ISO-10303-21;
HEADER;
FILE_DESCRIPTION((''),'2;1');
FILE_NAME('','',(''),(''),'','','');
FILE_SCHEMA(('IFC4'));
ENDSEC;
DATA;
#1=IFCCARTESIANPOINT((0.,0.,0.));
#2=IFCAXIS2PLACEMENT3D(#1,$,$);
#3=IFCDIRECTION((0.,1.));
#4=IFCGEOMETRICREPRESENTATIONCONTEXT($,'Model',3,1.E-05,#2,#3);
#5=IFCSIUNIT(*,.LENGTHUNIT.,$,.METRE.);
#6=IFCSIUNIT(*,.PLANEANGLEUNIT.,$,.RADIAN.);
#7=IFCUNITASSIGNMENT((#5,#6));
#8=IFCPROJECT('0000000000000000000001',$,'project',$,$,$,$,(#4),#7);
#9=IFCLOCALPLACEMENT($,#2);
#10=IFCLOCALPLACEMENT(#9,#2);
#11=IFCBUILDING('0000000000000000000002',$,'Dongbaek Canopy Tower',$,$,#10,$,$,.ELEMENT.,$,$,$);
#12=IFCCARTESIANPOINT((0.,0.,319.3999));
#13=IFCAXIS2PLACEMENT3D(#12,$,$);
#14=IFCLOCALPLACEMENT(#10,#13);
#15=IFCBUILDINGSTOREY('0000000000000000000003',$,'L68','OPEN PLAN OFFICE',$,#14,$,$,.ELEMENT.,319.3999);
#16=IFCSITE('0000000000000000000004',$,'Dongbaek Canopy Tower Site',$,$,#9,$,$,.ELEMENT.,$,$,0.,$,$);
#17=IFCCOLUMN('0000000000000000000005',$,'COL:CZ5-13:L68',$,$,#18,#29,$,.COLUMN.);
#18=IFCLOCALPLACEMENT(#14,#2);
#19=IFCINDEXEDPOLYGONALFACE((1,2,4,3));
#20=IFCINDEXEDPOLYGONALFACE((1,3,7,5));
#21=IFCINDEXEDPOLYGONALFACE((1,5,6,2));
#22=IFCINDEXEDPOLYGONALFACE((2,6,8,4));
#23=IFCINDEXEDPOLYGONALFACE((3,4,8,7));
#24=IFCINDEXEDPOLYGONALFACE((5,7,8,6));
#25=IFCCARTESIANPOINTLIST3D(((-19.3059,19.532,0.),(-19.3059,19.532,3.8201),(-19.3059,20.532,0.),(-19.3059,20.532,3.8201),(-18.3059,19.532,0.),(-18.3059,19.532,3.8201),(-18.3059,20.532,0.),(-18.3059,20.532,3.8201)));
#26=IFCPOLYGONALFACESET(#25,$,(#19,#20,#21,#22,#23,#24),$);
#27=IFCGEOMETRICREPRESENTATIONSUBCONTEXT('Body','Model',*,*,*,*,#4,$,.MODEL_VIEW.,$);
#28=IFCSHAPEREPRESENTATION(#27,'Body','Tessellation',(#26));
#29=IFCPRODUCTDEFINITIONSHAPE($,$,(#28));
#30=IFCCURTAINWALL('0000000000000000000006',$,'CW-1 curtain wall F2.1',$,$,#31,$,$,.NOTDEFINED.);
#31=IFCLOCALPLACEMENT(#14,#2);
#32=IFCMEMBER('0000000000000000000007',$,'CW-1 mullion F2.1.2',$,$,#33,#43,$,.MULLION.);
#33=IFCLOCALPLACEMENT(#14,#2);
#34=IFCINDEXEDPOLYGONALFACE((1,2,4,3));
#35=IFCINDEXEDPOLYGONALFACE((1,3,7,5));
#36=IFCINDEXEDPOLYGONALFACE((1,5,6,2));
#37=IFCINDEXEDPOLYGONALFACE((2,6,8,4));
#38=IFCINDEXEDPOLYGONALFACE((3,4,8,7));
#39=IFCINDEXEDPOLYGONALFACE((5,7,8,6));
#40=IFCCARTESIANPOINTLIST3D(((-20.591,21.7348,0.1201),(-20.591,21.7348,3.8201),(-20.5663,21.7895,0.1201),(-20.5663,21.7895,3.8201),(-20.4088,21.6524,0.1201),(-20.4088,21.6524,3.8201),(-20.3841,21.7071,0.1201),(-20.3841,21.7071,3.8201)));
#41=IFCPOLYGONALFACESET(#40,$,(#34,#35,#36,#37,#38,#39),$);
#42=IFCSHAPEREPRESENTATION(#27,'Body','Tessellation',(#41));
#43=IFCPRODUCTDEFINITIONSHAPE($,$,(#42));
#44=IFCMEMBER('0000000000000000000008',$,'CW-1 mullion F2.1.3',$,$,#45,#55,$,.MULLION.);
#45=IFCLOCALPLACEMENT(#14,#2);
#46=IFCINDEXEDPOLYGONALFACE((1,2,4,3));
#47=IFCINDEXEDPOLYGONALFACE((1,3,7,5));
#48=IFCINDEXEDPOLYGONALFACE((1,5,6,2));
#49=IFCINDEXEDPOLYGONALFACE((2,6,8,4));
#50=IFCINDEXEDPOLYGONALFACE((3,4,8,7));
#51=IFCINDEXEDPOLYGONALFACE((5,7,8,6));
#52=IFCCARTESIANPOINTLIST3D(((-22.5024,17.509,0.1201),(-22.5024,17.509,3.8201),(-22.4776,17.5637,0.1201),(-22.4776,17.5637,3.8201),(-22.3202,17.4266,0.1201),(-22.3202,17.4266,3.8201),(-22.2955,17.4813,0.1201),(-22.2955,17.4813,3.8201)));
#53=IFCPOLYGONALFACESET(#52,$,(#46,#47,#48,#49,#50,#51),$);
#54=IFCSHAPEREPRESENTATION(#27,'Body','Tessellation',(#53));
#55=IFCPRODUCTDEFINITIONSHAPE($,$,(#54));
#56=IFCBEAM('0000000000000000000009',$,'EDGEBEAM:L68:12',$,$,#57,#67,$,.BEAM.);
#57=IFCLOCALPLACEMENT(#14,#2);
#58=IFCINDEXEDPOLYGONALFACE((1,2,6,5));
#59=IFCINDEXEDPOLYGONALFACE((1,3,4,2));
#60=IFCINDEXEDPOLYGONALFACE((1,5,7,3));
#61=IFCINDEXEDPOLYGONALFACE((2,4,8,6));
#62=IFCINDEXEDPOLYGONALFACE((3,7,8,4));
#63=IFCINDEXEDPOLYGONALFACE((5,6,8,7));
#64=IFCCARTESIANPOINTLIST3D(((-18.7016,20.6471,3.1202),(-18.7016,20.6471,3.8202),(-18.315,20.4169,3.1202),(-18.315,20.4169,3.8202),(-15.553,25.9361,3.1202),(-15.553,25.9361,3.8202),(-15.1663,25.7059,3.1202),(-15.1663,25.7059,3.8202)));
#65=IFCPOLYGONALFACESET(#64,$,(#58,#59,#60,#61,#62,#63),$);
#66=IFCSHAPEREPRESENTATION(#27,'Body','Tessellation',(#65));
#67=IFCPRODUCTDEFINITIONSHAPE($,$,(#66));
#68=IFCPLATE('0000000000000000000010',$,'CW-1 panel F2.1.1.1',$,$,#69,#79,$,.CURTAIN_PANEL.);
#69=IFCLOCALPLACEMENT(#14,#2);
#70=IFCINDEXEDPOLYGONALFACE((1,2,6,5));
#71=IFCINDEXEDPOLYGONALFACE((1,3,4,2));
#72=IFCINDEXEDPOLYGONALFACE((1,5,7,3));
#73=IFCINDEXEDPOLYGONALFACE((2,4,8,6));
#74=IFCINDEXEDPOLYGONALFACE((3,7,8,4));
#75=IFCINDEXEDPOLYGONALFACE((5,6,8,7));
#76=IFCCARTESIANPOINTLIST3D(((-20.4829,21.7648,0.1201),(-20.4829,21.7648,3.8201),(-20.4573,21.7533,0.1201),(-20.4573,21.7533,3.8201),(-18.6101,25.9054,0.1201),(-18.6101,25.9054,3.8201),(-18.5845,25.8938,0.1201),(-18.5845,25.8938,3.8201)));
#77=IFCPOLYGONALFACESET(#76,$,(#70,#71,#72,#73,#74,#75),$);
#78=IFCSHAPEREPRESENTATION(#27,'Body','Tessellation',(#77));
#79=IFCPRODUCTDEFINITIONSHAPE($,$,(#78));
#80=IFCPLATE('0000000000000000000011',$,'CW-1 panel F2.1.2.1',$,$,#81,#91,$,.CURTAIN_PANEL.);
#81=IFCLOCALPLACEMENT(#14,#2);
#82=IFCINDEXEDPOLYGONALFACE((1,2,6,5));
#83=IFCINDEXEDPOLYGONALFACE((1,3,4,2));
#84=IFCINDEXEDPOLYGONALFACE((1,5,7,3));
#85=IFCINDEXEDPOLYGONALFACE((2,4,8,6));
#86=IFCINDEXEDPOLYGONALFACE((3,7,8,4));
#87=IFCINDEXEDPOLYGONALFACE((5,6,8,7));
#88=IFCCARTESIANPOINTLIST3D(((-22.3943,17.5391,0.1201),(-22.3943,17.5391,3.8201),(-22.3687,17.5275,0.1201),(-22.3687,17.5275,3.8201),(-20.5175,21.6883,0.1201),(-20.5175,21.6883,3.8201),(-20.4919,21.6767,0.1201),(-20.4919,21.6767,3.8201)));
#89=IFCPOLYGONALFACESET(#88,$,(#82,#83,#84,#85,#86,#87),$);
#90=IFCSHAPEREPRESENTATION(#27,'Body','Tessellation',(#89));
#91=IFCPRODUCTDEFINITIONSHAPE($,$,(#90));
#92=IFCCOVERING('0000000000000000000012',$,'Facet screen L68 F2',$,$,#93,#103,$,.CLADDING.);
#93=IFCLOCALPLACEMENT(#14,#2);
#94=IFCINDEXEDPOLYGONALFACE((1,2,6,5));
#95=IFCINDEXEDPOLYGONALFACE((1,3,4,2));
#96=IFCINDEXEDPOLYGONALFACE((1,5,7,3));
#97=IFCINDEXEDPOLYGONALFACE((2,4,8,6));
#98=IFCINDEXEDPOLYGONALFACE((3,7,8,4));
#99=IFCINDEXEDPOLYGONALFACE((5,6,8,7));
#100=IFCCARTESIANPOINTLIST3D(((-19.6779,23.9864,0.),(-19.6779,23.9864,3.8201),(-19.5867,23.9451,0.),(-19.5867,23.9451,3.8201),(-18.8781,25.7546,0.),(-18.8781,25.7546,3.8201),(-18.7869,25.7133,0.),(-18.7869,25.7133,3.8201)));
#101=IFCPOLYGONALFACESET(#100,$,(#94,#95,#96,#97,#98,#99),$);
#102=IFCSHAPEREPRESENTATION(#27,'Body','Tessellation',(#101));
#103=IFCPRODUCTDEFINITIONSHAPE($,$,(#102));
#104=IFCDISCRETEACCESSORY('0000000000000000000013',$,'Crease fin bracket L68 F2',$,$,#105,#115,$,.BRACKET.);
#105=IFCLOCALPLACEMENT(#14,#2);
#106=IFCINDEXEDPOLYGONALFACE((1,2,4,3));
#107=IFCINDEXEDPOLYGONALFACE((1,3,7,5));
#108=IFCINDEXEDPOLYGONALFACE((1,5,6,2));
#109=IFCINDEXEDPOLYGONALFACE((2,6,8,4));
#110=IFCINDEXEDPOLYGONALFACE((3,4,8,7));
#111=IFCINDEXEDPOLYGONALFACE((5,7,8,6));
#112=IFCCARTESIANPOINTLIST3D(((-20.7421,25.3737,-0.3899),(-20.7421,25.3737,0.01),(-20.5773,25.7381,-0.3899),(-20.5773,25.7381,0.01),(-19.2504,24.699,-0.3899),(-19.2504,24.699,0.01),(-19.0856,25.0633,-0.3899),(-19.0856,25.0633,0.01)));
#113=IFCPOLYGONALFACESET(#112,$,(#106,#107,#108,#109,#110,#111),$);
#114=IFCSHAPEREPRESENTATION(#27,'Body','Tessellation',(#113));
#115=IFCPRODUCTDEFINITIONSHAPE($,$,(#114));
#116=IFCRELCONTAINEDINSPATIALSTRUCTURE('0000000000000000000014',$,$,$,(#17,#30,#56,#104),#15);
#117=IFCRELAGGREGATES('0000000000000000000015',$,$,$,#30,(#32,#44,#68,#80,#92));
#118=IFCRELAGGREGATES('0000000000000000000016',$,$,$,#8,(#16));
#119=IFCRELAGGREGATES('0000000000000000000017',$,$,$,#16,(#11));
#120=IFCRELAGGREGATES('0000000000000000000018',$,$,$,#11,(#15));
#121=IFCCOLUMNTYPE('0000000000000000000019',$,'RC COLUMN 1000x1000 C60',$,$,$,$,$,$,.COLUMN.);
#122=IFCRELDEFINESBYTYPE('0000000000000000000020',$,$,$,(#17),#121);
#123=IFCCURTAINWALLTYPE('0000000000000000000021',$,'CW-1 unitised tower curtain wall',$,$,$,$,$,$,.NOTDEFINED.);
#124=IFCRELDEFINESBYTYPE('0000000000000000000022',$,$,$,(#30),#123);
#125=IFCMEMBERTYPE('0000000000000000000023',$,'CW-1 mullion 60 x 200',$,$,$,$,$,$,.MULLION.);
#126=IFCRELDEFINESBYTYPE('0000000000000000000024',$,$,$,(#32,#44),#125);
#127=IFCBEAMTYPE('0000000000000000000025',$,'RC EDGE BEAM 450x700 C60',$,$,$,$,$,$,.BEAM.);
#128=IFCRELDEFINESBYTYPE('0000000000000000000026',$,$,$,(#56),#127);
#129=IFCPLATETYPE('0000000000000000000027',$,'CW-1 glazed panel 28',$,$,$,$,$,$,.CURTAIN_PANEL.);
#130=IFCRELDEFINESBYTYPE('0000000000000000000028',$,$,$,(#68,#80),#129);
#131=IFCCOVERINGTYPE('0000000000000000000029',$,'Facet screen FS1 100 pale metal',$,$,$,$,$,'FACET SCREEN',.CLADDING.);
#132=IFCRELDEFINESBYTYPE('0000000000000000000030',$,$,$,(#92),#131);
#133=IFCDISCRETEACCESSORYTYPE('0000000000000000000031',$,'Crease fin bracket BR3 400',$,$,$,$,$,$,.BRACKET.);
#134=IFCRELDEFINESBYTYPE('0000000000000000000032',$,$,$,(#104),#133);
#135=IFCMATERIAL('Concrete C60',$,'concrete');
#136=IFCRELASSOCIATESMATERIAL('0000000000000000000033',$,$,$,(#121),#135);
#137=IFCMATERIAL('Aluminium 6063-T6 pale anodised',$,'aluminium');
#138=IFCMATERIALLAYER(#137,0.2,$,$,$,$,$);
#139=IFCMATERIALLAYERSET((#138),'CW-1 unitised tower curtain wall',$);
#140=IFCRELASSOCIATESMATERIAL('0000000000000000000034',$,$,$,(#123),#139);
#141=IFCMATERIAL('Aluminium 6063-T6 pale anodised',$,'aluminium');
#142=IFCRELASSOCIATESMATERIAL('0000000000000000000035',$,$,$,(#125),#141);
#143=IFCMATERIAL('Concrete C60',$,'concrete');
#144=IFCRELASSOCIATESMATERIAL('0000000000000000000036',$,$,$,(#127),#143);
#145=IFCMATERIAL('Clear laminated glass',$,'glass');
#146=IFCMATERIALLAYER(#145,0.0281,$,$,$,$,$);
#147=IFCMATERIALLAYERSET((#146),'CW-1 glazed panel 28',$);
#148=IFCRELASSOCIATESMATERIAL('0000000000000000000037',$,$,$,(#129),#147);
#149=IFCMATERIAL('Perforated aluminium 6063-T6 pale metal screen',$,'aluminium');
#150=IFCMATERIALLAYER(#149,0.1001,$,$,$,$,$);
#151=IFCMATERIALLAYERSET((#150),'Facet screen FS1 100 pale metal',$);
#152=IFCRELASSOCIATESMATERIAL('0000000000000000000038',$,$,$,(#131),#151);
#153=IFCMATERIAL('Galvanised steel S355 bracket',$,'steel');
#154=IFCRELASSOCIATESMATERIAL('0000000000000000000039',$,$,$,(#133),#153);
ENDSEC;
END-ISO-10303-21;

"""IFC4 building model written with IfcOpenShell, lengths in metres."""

from ifc_helpers import new_model, si_unit, direction, frame, origin, origin_2d, place, context, subcontext, project, spatial, rectangle, extrude, material, layer, layer_set, material_profile, profile_set, type_object, element, aggregate, save


model = new_model("IFC4")

# Units and contexts
model_context = context("Model", 3, precision=1e-05, world=origin(), true_north=direction((0.0, 1.0)))
body_context = subcontext(model_context, "Body", "Model", "MODEL_VIEW")
ifc_project = project(units=[si_unit("LENGTHUNIT", "METRE"), si_unit("PLANEANGLEUNIT", "RADIAN")], contexts=[model_context])

# Site, building, storey
site_placement = place(None, origin())
site = spatial("IfcSite", under=ifc_project, at=site_placement, Name="Dongbaek Canopy Tower Site", CompositionType="ELEMENT", RefElevation=0.0)
building_placement = place(site_placement, origin())
building = spatial("IfcBuilding", under=site, at=building_placement, Name="Dongbaek Canopy Tower", CompositionType="ELEMENT")
storey_placement = place(building_placement, frame((0.0, 0.0, 319.3999)))
storey = spatial("IfcBuildingStorey", under=building, at=storey_placement, Name="L68", Description="OPEN PLAN OFFICE", CompositionType="ELEMENT", Elevation=319.3999)

# Column
ifc_material_1 = material(Name="Concrete C60", Category="concrete")
ifc_material_profile_1 = material_profile(ifc_material_1, rectangle(XDim=1.0, YDim=1.0, at=origin_2d()), Name="RC COLUMN 1000x1000 C60")
ifc_profile_set_1 = profile_set([ifc_material_profile_1], Name="Concrete C60")
column_type = type_object("IfcColumnType", Name="RC COLUMN 1000x1000 C60", PredefinedType="COLUMN", material=ifc_profile_set_1)
column_placement = place(storey_placement, frame((-18.8059, 20.032, 0.0), z_axis=(0.0, 0.0, 1.0), x_axis=(1.0, 0.0, 0.0)))
element("IfcColumn", 1, at=column_placement, inside=storey, type_object=column_type, Name="COL:CZ5-13:L68", PredefinedType="COLUMN", context=body_context, shape_type="SweptSolid", body=[
    extrude(rectangle(XDim=1.0, YDim=1.0, at=origin_2d()), origin(), (0.0, 0.0, 1.0), 3.8201),
])

# Curtain wall, members
ifc_material_2 = material(Name="Aluminium 6063-T6 pale anodised", Category="aluminium")
ifc_layer_1 = layer(ifc_material_2, 0.2)
ifc_layer_set_1 = layer_set([ifc_layer_1], Name="CW-1 unitised tower curtain wall")
curtain_wall_type = type_object("IfcCurtainWallType", Name="CW-1 unitised tower curtain wall", PredefinedType="NOTDEFINED", material=ifc_layer_set_1)
curtain_wall_placement = place(storey_placement, origin())
curtain_wall = element("IfcCurtainWall", 2, at=curtain_wall_placement, inside=storey, type_object=curtain_wall_type, Name="CW-1 curtain wall F2.1", PredefinedType="NOTDEFINED")
ifc_material_3 = material(Name="Aluminium 6063-T6 pale anodised", Category="aluminium")
ifc_material_profile_2 = material_profile(ifc_material_3, rectangle(XDim=0.2, YDim=0.0601, at=origin_2d()), Name="CW-1 mullion 60 x 200")
ifc_profile_set_2 = profile_set([ifc_material_profile_2], Name="Aluminium 6063-T6 pale anodised")
member_type = type_object("IfcMemberType", Name="CW-1 mullion 60 x 200", PredefinedType="MULLION", material=ifc_profile_set_2)
member_1_placement = place(storey_placement, frame((-20.4875, 21.7209, 0.1201), z_axis=(0.0, 0.0, 1.0), x_axis=(-0.911129, 0.412122, 0.0)))
member_1 = element("IfcMember", 3, at=member_1_placement, type_object=member_type, Name="CW-1 mullion F2.1.2", PredefinedType="MULLION", context=body_context, shape_type="SweptSolid", body=[
    extrude(rectangle(XDim=0.2, YDim=0.0601, at=origin_2d()), origin(), (0.0, 0.0, 1.0), 3.7),
])
member_2_placement = place(storey_placement, frame((-22.3989, 17.4951, 0.1201), z_axis=(0.0, 0.0, 1.0), x_axis=(-0.911129, 0.412122, 0.0)))
member_2 = element("IfcMember", 4, at=member_2_placement, type_object=member_type, Name="CW-1 mullion F2.1.3", PredefinedType="MULLION", context=body_context, shape_type="SweptSolid", body=[
    extrude(rectangle(XDim=0.2, YDim=0.0601, at=origin_2d()), origin(), (0.0, 0.0, 1.0), 3.7),
])

# Beam
ifc_material_4 = material(Name="Concrete C60", Category="concrete")
ifc_material_profile_3 = material_profile(ifc_material_4, rectangle(XDim=0.45, YDim=0.7, at=origin_2d()), Name="RC EDGE BEAM 450x700 C60")
ifc_profile_set_3 = profile_set([ifc_material_profile_3], Name="Concrete C60")
beam_type = type_object("IfcBeamType", Name="RC EDGE BEAM 450x700 C60", PredefinedType="BEAM", material=ifc_profile_set_3)
beam_placement = place(storey_placement, frame((-18.5083, 20.532, 3.4702), z_axis=(0.511535, 0.859262, 0.0), x_axis=(-0.859262, 0.511535, 0.0)))
element("IfcBeam", 5, at=beam_placement, inside=storey, type_object=beam_type, Name="EDGEBEAM:L68:12", PredefinedType="BEAM", context=body_context, shape_type="SweptSolid", body=[
    extrude(rectangle(XDim=0.45, YDim=0.7, at=origin_2d()), origin(), (0.0, 0.0, 1.0), 6.1553),
])

# Plates
ifc_material_5 = material(Name="Clear laminated glass", Category="glass")
ifc_layer_2 = layer(ifc_material_5, 0.0281)
ifc_layer_set_2 = layer_set([ifc_layer_2], Name="CW-1 glazed panel 28")
plate_type = type_object("IfcPlateType", Name="CW-1 glazed panel 28", PredefinedType="CURTAIN_PANEL", material=ifc_layer_set_2)
plate_1_placement = place(storey_placement, frame((-19.5337, 23.8293, 0.1201), z_axis=(0.0, 0.0, 1.0), x_axis=(-0.412122, -0.911129, 0.0)))
plate_1 = element("IfcPlate", 6, at=plate_1_placement, type_object=plate_type, Name="CW-1 panel F2.1.1.1", PredefinedType="CURTAIN_PANEL", context=body_context, shape_type="SweptSolid", body=[
    extrude(rectangle(XDim=4.5444, YDim=0.0281, at=origin_2d()), origin(), (0.0, 0.0, 1.0), 3.7),
])
plate_2_placement = place(storey_placement, frame((-21.4431, 19.6079, 0.1201), z_axis=(0.0, 0.0, 1.0), x_axis=(-0.412122, -0.911129, 0.0)))
plate_2 = element("IfcPlate", 7, at=plate_2_placement, type_object=plate_type, Name="CW-1 panel F2.1.2.1", PredefinedType="CURTAIN_PANEL", context=body_context, shape_type="SweptSolid", body=[
    extrude(rectangle(XDim=4.554, YDim=0.0281, at=origin_2d()), origin(), (0.0, 0.0, 1.0), 3.7),
])

# Covering
ifc_material_6 = material(Name="Perforated aluminium 6063-T6 pale metal screen", Category="aluminium")
ifc_layer_3 = layer(ifc_material_6, 0.1001)
ifc_layer_set_3 = layer_set([ifc_layer_3], Name="Facet screen FS1 100 pale metal")
covering_type = type_object("IfcCoveringType", Name="Facet screen FS1 100 pale metal", ElementType="FACET SCREEN", PredefinedType="CLADDING", material=ifc_layer_set_3)
covering_placement = place(storey_placement, frame((-19.2324, 24.8499, 0.0), z_axis=(0.0, 0.0, 1.0), x_axis=(-0.412122, -0.911129, 0.0)))
covering = element("IfcCovering", 8, at=covering_placement, type_object=covering_type, Name="Facet screen L68 F2", PredefinedType="CLADDING", context=body_context, shape_type="SweptSolid", body=[
    extrude(rectangle(XDim=1.9407, YDim=0.1001, at=origin_2d()), origin(), (0.0, 0.0, 1.0), 3.8201),
])
aggregate(curtain_wall, [member_1, member_2, plate_1, plate_2, covering])

# Discrete accessory
ifc_material_7 = material(Name="Galvanised steel S355 bracket", Category="steel")
discrete_accessory_type = type_object("IfcDiscreteAccessoryType", Name="Crease fin bracket BR3 400", PredefinedType="BRACKET", material=ifc_material_7)
discrete_accessory_placement = place(storey_placement, frame((-19.9138, 25.2185, -0.3899), z_axis=(0.0, 0.0, 1.0), x_axis=(-0.911129, 0.412122, 0.0)))
element("IfcDiscreteAccessory", 9, at=discrete_accessory_placement, inside=storey, type_object=discrete_accessory_type, Name="Crease fin bracket L68 F2", PredefinedType="BRACKET", context=body_context, shape_type="SweptSolid", body=[
    extrude(rectangle(XDim=1.6372, YDim=0.3999, at=origin_2d()), origin(), (0.0, 0.0, 1.0), 0.3999),
])

save(model, "model.ifc")
